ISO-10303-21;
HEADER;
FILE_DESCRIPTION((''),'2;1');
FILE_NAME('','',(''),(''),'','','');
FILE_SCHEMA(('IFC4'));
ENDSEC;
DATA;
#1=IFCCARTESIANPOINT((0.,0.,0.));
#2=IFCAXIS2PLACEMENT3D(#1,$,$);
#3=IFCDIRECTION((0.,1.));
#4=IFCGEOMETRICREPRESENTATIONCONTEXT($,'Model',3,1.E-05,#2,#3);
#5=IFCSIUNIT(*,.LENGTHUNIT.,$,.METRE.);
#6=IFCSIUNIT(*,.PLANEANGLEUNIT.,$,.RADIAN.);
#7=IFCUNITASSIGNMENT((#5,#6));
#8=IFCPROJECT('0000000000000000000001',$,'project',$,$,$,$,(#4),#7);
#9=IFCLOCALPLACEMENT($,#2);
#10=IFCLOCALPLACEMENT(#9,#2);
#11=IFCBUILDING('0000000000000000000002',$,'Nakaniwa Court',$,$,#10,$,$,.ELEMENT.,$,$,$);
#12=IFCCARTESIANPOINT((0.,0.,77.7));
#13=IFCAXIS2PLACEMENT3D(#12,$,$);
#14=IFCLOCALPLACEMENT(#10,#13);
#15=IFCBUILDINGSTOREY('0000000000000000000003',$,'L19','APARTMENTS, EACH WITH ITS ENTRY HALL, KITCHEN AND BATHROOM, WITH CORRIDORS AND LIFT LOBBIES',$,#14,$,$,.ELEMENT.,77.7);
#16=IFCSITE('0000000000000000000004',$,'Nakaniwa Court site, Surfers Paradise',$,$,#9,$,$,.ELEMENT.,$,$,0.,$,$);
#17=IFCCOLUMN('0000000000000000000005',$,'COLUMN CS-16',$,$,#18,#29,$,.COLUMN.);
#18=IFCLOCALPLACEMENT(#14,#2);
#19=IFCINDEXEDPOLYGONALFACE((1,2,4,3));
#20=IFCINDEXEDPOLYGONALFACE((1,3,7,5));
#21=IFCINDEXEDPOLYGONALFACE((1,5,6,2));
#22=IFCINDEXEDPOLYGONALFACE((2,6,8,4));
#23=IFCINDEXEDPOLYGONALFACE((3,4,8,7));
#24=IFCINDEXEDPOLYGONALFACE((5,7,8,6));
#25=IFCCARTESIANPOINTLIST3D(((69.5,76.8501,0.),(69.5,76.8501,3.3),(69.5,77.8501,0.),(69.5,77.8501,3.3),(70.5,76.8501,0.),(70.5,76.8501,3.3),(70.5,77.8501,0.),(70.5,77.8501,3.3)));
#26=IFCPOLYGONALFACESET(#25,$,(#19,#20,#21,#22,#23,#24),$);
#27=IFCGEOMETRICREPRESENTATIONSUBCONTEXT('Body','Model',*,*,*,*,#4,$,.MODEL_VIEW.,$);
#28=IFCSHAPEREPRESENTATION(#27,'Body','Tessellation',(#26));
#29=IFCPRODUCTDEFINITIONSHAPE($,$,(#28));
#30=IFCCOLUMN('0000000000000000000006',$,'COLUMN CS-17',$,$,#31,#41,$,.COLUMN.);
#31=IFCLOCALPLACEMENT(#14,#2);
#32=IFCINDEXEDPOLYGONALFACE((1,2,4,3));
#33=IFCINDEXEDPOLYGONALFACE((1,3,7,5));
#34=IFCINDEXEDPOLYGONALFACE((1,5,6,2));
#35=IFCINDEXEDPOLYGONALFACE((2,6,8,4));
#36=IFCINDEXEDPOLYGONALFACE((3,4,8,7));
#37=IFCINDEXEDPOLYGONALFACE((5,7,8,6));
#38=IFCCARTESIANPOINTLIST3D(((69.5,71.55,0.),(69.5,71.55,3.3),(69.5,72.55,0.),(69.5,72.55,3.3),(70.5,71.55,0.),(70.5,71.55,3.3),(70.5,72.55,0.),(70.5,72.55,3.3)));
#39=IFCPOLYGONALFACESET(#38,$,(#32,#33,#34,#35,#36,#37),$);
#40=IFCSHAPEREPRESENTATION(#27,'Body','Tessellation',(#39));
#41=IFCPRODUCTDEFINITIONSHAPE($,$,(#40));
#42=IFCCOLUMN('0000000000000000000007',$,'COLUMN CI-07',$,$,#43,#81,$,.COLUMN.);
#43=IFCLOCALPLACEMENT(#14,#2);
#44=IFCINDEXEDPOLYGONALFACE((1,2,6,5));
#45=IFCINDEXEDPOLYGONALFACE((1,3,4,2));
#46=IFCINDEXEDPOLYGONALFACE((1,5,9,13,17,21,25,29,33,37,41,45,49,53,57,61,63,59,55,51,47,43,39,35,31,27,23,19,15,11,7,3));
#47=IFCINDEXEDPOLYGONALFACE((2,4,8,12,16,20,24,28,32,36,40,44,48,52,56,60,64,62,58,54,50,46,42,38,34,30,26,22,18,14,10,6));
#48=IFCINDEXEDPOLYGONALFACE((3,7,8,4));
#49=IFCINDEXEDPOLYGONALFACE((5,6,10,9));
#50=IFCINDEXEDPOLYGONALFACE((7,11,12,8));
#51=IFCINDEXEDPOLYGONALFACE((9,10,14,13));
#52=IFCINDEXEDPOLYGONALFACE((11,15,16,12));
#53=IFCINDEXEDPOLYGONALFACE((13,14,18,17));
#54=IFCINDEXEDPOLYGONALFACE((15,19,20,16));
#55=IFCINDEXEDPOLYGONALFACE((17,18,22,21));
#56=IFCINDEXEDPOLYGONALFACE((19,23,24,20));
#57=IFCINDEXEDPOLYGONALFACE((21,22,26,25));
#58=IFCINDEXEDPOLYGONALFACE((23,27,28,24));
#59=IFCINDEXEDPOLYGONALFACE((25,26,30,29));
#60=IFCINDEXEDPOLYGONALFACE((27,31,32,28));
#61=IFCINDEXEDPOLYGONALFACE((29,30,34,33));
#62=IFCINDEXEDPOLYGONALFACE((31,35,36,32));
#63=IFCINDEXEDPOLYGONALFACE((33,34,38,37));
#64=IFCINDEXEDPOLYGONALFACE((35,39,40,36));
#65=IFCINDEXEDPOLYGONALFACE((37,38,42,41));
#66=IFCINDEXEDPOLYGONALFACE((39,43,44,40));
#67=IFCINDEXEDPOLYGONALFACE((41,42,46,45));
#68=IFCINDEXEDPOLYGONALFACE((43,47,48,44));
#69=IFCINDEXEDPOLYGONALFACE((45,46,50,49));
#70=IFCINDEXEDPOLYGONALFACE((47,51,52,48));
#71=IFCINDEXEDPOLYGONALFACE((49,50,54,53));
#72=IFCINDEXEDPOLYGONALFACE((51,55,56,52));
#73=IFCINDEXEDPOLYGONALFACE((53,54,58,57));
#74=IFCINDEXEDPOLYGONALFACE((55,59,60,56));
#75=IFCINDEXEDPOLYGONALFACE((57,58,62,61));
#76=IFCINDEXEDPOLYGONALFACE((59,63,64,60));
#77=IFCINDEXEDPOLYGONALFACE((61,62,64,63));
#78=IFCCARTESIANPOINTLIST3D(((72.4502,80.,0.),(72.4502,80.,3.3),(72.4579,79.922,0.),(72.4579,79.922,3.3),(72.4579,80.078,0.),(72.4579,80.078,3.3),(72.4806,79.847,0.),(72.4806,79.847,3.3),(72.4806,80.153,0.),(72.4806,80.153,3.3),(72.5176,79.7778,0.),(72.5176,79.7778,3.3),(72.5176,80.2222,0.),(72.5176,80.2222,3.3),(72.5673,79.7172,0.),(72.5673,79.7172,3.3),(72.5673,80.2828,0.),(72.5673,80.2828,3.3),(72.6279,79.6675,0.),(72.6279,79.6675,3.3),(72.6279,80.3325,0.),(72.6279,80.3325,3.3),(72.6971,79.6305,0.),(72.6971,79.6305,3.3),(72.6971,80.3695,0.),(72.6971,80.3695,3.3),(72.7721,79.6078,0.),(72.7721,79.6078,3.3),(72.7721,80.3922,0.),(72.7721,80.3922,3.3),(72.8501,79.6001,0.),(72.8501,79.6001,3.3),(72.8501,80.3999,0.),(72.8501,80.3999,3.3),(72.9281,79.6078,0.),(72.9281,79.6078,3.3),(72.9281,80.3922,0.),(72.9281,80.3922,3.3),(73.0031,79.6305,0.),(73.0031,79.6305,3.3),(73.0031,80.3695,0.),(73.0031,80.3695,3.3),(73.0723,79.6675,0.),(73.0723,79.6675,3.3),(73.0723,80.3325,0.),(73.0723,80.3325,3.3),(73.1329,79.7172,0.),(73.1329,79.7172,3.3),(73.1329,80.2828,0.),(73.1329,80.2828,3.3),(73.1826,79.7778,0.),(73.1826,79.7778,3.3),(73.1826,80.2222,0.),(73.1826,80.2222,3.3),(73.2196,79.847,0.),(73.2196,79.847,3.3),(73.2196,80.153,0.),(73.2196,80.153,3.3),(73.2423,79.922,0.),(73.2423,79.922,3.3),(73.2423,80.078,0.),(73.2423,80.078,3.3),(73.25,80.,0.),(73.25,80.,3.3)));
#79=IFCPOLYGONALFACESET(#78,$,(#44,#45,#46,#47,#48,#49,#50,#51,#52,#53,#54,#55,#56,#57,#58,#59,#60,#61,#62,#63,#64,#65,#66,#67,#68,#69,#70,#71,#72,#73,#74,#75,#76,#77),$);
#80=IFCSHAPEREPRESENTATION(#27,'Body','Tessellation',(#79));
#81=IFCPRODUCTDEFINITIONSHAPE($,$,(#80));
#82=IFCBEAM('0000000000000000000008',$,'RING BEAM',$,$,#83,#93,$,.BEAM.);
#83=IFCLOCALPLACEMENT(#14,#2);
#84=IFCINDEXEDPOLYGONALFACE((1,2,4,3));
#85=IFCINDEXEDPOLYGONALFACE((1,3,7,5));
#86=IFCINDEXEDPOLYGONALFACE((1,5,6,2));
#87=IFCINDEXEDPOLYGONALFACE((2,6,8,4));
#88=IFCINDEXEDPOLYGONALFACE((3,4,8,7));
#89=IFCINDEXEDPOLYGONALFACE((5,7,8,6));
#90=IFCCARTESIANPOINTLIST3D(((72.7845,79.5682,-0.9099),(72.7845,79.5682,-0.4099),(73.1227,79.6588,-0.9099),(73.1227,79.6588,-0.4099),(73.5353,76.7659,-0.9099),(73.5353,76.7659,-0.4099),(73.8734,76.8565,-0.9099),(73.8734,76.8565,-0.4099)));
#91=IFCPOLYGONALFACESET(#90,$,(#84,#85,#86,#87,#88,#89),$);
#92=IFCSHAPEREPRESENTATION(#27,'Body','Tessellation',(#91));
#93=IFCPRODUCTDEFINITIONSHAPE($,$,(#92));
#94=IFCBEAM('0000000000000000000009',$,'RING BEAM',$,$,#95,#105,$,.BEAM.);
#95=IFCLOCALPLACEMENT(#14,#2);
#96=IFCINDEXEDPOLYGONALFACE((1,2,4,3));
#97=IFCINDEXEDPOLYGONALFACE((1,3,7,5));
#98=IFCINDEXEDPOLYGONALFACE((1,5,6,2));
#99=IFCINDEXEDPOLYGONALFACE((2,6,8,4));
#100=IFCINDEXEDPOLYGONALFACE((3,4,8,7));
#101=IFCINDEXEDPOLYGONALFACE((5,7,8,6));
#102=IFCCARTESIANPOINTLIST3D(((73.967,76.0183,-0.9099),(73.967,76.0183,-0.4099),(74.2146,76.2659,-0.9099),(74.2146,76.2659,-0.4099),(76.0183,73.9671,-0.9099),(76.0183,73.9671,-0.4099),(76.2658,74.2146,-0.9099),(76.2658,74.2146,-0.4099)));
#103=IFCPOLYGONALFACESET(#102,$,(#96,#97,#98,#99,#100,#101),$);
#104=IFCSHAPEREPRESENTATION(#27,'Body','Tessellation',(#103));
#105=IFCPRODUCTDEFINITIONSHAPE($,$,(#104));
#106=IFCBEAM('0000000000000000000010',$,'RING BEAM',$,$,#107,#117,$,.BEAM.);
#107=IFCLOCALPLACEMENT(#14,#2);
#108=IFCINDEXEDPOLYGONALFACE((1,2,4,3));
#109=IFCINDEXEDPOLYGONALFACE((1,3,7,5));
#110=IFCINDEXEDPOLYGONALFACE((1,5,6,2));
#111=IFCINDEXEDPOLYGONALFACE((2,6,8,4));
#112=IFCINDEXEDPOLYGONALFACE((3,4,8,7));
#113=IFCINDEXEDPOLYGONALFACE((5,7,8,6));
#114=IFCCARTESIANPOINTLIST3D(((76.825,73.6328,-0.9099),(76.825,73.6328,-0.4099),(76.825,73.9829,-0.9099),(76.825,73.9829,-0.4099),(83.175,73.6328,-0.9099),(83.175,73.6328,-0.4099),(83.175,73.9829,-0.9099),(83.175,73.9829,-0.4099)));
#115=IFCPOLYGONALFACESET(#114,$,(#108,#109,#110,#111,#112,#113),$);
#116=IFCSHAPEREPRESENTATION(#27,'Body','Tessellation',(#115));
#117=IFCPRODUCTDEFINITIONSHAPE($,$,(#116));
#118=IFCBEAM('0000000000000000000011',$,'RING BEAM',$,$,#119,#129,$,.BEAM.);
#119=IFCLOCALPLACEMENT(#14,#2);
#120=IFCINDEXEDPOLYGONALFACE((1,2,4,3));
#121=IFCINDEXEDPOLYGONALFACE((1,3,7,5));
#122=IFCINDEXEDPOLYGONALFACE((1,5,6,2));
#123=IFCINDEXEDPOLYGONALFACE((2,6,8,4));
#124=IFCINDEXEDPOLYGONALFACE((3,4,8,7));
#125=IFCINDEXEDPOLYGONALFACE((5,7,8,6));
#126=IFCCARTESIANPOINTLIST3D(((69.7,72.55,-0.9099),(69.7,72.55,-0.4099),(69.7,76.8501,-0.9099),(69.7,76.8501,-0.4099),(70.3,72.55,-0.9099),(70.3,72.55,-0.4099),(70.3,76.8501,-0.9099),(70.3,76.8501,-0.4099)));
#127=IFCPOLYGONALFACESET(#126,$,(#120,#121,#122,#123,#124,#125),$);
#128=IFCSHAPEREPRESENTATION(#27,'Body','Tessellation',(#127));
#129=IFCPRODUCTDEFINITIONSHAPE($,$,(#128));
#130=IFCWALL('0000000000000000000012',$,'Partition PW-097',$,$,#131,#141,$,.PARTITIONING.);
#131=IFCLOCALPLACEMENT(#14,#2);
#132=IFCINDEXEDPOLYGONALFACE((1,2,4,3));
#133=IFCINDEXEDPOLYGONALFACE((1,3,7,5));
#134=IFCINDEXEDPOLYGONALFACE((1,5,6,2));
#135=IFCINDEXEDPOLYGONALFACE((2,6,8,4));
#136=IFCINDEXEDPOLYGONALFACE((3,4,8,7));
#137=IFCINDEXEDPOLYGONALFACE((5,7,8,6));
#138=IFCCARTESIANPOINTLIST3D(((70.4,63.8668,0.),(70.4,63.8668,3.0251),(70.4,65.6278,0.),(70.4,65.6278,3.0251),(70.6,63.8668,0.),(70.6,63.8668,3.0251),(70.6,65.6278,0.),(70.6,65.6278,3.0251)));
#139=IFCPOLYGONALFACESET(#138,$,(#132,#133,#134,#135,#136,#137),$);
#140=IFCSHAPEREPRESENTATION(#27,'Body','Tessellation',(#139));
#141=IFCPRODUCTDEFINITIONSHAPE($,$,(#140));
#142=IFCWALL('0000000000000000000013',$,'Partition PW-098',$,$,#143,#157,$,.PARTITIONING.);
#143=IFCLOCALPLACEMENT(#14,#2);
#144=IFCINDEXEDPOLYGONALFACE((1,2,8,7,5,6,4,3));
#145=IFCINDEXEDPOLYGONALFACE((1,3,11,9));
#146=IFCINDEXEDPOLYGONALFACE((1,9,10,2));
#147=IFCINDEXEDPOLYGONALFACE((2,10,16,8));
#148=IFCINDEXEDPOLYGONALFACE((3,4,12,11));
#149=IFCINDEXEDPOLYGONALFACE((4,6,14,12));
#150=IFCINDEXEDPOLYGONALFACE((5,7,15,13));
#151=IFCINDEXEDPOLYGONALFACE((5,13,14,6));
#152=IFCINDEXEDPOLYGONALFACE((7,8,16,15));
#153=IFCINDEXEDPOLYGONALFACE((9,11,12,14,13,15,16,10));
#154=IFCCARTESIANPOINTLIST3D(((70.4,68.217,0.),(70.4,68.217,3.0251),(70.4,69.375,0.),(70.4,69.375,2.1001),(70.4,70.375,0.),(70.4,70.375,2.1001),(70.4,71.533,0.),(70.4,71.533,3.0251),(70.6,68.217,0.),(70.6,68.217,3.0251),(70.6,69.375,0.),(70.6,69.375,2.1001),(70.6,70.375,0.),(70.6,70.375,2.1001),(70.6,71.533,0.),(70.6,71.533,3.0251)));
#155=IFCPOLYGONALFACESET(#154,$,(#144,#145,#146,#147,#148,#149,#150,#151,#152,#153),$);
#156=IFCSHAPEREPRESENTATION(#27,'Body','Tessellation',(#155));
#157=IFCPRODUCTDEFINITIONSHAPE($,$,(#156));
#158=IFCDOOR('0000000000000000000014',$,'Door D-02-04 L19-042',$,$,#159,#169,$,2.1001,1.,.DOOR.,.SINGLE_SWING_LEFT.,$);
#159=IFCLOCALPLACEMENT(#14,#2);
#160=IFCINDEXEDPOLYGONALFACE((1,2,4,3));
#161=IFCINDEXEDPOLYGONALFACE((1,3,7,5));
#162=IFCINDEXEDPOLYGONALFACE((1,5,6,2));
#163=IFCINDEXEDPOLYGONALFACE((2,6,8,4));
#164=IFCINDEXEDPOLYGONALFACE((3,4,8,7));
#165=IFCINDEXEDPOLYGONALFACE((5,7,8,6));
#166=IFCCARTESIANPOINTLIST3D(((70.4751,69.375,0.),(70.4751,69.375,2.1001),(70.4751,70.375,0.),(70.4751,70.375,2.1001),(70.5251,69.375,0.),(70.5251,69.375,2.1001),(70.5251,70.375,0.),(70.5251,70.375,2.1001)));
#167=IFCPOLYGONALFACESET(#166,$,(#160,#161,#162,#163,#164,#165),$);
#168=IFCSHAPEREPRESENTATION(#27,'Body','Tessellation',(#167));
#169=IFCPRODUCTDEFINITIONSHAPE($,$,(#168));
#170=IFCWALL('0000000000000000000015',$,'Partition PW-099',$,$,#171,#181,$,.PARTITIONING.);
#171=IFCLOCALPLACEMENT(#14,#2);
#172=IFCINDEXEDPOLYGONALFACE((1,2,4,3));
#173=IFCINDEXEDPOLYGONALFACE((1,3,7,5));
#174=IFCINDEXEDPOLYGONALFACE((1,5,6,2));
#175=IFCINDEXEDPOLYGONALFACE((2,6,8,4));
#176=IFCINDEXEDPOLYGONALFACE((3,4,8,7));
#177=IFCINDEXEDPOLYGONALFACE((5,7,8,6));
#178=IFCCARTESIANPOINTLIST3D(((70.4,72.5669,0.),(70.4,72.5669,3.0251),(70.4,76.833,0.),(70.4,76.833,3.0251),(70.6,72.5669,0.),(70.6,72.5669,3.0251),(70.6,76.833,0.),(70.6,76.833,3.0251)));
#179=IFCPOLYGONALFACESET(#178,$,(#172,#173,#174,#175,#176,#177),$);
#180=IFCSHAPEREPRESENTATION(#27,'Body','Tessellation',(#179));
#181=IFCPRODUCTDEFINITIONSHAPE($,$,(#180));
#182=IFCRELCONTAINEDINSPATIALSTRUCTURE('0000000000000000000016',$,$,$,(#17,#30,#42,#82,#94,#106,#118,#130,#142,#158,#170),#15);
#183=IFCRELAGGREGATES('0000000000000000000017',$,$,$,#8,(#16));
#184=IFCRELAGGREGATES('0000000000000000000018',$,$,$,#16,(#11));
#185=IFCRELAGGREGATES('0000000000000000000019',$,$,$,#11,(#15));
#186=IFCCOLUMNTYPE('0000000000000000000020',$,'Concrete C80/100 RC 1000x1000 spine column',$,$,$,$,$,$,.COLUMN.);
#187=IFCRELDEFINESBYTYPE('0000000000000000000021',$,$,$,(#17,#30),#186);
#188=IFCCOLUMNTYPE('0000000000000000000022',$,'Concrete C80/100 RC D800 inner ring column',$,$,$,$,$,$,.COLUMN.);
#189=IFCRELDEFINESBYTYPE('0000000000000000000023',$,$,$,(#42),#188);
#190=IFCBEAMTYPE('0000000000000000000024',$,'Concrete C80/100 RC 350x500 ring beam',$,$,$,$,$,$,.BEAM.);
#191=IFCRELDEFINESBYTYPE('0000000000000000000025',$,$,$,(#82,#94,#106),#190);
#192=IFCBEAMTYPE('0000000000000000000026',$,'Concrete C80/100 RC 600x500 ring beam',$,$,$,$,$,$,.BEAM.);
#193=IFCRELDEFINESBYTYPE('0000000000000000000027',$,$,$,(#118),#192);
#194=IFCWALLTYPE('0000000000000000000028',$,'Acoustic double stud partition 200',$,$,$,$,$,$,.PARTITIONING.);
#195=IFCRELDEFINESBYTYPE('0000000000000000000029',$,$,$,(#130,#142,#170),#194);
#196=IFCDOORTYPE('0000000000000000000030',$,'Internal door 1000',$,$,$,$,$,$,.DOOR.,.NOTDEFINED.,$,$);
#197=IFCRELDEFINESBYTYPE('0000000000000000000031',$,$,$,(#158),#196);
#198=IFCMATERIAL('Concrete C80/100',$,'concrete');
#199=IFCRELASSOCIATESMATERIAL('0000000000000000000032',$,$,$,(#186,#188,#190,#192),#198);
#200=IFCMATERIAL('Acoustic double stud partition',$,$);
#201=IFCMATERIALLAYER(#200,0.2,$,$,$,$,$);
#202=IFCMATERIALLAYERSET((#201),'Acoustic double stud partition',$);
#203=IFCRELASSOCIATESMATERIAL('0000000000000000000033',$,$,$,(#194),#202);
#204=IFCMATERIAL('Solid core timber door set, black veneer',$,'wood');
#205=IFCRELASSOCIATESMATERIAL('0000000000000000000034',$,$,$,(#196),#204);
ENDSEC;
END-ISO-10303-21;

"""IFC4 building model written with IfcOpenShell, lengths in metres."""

from ifc_helpers import new_model, si_unit, direction, frame, frame_2d, origin, origin_2d, place, context, subcontext, project, spatial, rectangle, circle, extrude, material, layer, layer_set, material_profile, profile_set, type_object, element, fill, save


model = new_model("IFC4")

# Units and contexts
model_context = context("Model", 3, precision=1e-05, world=origin(), true_north=direction((0.0, 1.0)))
body_context = subcontext(model_context, "Body", "Model", "MODEL_VIEW")
ifc_project = project(units=[si_unit("LENGTHUNIT", "METRE"), si_unit("PLANEANGLEUNIT", "RADIAN")], contexts=[model_context])

# Site, building, storey
site_placement = place(None, origin())
site = spatial("IfcSite", under=ifc_project, at=site_placement, Name="Nakaniwa Court site, Surfers Paradise", CompositionType="ELEMENT", RefElevation=0.0)
building_placement = place(site_placement, origin())
building = spatial("IfcBuilding", under=site, at=building_placement, Name="Nakaniwa Court", CompositionType="ELEMENT")
storey_placement = place(building_placement, frame((0.0, 0.0, 77.7)))
storey = spatial("IfcBuildingStorey", under=building, at=storey_placement, Name="L19", Description="APARTMENTS, EACH WITH ITS ENTRY HALL, KITCHEN AND BATHROOM, WITH CORRIDORS AND LIFT LOBBIES", CompositionType="ELEMENT", Elevation=77.7)

# Columns
ifc_material_1 = material(Name="Concrete C80/100", Category="concrete")
ifc_material_profile_1 = material_profile(ifc_material_1, rectangle(XDim=1.0, YDim=1.0, at=origin_2d()), Name="Concrete C80/100 RC 1000x1000 spine column")
ifc_profile_set_1 = profile_set([ifc_material_profile_1], Name="Concrete C80/100")
column_type_1 = type_object("IfcColumnType", Name="Concrete C80/100 RC 1000x1000 spine column", PredefinedType="COLUMN", material=ifc_profile_set_1)
for number, where, z_axis, x_axis, name in (
    (1, (70.0, 77.3501, 0.0), (0.0, 0.0, 1.0), (0.0, -1.0, 0.0), "COLUMN CS-16"),
    (2, (70.0, 72.05, 0.0), (0.0, 0.0, 1.0), (0.0, -1.0, 0.0), "COLUMN CS-17"),
):
    element("IfcColumn", number, at=place(storey_placement, frame(where, z_axis=z_axis, x_axis=x_axis)), inside=storey, type_object=column_type_1, Name=name, PredefinedType="COLUMN", context=body_context, shape_type="SweptSolid", body=[
        extrude(rectangle(XDim=1.0, YDim=1.0, at=origin_2d()), origin(), (0.0, 0.0, 1.0), 3.3),
    ])
ifc_material_profile_2 = material_profile(ifc_material_1, circle(Radius=0.3999, at=origin_2d()), Name="Concrete C80/100 RC D800 inner ring column")
ifc_profile_set_2 = profile_set([ifc_material_profile_2], Name="Concrete C80/100")
column_type_2 = type_object("IfcColumnType", Name="Concrete C80/100 RC D800 inner ring column", PredefinedType="COLUMN", material=ifc_profile_set_2)
for number, where, z_axis, x_axis, name in (
    (3, (72.8501, 80.0, 0.0), (0.0, 0.0, 1.0), (0.0, -1.0, 0.0), "COLUMN CI-07"),
):
    element("IfcColumn", number, at=place(storey_placement, frame(where, z_axis=z_axis, x_axis=x_axis)), inside=storey, type_object=column_type_2, Name=name, PredefinedType="COLUMN", context=body_context, shape_type="SweptSolid", body=[
        extrude(circle(Radius=0.3999, at=origin_2d()), origin(), (0.0, 0.0, 1.0), 3.3),
    ])

# Beams
ifc_material_profile_3 = material_profile(ifc_material_1, rectangle(XDim=0.3501, YDim=0.5, at=origin_2d()), Name="Concrete C80/100 RC 350x500 ring beam")
ifc_profile_set_3 = profile_set([ifc_material_profile_3], Name="Concrete C80/100")
beam_type_1 = type_object("IfcBeamType", Name="Concrete C80/100 RC 350x500 ring beam", PredefinedType="BEAM", material=ifc_profile_set_3)
beam_1_placement = place(storey_placement, frame((72.9536, 79.6135, -0.6599), z_axis=(0.258778, -0.965937, 0.0), x_axis=(0.965937, 0.258778, 0.0)))
element("IfcBeam", 4, at=beam_1_placement, inside=storey, type_object=beam_type_1, Name="RING BEAM", PredefinedType="BEAM", context=body_context, shape_type="SweptSolid", body=[
    extrude(rectangle(XDim=0.3501, YDim=0.5, at=origin_2d()), origin(), (0.0, 0.0, 1.0), 2.9011),
])
beam_2_placement = place(storey_placement, frame((74.0908, 76.1421, -0.6599), z_axis=(0.707107, -0.707107, 0.0), x_axis=(0.707107, 0.707107, 0.0)))
element("IfcBeam", 5, at=beam_2_placement, inside=storey, type_object=beam_type_1, Name="RING BEAM", PredefinedType="BEAM", context=body_context, shape_type="SweptSolid", body=[
    extrude(rectangle(XDim=0.3501, YDim=0.5, at=origin_2d()), origin(), (0.0, 0.0, 1.0), 2.9009),
])
beam_3_placement = place(storey_placement, frame((76.825, 73.8079, -0.6599), z_axis=(1.0, 0.0, 0.0), x_axis=(0.0, 1.0, 0.0)))
element("IfcBeam", 6, at=beam_3_placement, inside=storey, type_object=beam_type_1, Name="RING BEAM", PredefinedType="BEAM", context=body_context, shape_type="SweptSolid", body=[
    extrude(rectangle(XDim=0.3501, YDim=0.5, at=origin_2d()), origin(), (0.0, 0.0, 1.0), 6.3501),
])
ifc_material_profile_4 = material_profile(ifc_material_1, rectangle(XDim=0.6001, YDim=0.5, at=origin_2d()), Name="Concrete C80/100 RC 600x500 ring beam")
ifc_profile_set_4 = profile_set([ifc_material_profile_4], Name="Concrete C80/100")
beam_type_2 = type_object("IfcBeamType", Name="Concrete C80/100 RC 600x500 ring beam", PredefinedType="BEAM", material=ifc_profile_set_4)
beam_4_placement = place(storey_placement, frame((70.0, 76.8501, -0.6599), z_axis=(0.0, -1.0, 0.0), x_axis=(1.0, 0.0, 0.0)))
element("IfcBeam", 7, at=beam_4_placement, inside=storey, type_object=beam_type_2, Name="RING BEAM", PredefinedType="BEAM", context=body_context, shape_type="SweptSolid", body=[
    extrude(rectangle(XDim=0.6001, YDim=0.5, at=origin_2d()), origin(), (0.0, 0.0, 1.0), 4.3),
])

# Wall
ifc_material_2 = material(Name="Acoustic double stud partition")
ifc_layer_1 = layer(ifc_material_2, 0.2)
ifc_layer_set_1 = layer_set([ifc_layer_1], Name="Acoustic double stud partition")
wall_type_1 = type_object("IfcWallType", Name="Acoustic double stud partition 200", PredefinedType="PARTITIONING", material=ifc_layer_set_1)
wall_1_placement = place(storey_placement, frame((70.5, 63.8669, 0.0), z_axis=(0.0, 0.0, 1.0), x_axis=(0.0, 1.0, 0.0)))
element("IfcWall", 8, at=wall_1_placement, inside=storey, type_object=wall_type_1, Name="Partition PW-097", PredefinedType="PARTITIONING", context=body_context, shape_type="SweptSolid", body=[
    extrude(rectangle(XDim=1.761, YDim=0.2, at=frame_2d((0.8804, 0.0))), origin(), (0.0, 0.0, 1.0), 3.0251),
])

# Wall, opening, door
wall_2_placement = place(storey_placement, frame((70.5, 68.217, 0.0), z_axis=(0.0, 0.0, 1.0), x_axis=(0.0, 1.0, 0.0)))
wall_2 = element("IfcWall", 9, at=wall_2_placement, inside=storey, type_object=wall_type_1, Name="Partition PW-098", PredefinedType="PARTITIONING", context=body_context, shape_type="SweptSolid", body=[
    extrude(rectangle(XDim=3.3159, YDim=0.2, at=frame_2d((1.658, 0.0))), origin(), (0.0, 0.0, 1.0), 3.0251),
])
opening_1_placement = place(wall_2_placement, frame((1.158, 0.0, 0.0)))
opening_1 = element("IfcOpeningElement", 10, at=opening_1_placement, cuts=wall_2, PredefinedType="OPENING", context=body_context, shape_type="SweptSolid", body=[
    extrude(rectangle(XDim=1.0, YDim=2.1001, at=frame_2d((0.5, 1.05))), frame((0.0, 0.1099, 0.0), z_axis=(0.0, -1.0, 0.0), x_axis=(1.0, 0.0, 0.0)), (0.0, 0.0, 1.0), 0.22),
])
ifc_material_3 = material(Name="Solid core timber door set, black veneer", Category="wood")
door_type_1 = type_object("IfcDoorType", Name="Internal door 1000", OperationType="NOTDEFINED", PredefinedType="DOOR", material=ifc_material_3)
door_1_placement = place(opening_1_placement, origin())
door_1 = element("IfcDoor", 11, at=door_1_placement, inside=storey, type_object=door_type_1, Name="Door D-02-04 L19-042", OperationType="SINGLE_SWING_LEFT", OverallHeight=2.1001, OverallWidth=1.0, PredefinedType="DOOR", context=body_context, shape_type="SweptSolid", body=[
    extrude(rectangle(XDim=1.0, YDim=2.1001, at=frame_2d((0.5, 1.05))), frame((0.0, 0.0249, 0.0), z_axis=(0.0, -1.0, 0.0), x_axis=(1.0, 0.0, 0.0)), (0.0, 0.0, 1.0), 0.05),
])
fill(opening_1, door_1)

# Wall
wall_3_placement = place(storey_placement, frame((70.5, 72.5669, 0.0), z_axis=(0.0, 0.0, 1.0), x_axis=(0.0, 1.0, 0.0)))
element("IfcWall", 12, at=wall_3_placement, inside=storey, type_object=wall_type_1, Name="Partition PW-099", PredefinedType="PARTITIONING", context=body_context, shape_type="SweptSolid", body=[
    extrude(rectangle(XDim=4.2661, YDim=0.2, at=frame_2d((2.1331, 0.0))), origin(), (0.0, 0.0, 1.0), 3.0251),
])

save(model, "model.ifc")
